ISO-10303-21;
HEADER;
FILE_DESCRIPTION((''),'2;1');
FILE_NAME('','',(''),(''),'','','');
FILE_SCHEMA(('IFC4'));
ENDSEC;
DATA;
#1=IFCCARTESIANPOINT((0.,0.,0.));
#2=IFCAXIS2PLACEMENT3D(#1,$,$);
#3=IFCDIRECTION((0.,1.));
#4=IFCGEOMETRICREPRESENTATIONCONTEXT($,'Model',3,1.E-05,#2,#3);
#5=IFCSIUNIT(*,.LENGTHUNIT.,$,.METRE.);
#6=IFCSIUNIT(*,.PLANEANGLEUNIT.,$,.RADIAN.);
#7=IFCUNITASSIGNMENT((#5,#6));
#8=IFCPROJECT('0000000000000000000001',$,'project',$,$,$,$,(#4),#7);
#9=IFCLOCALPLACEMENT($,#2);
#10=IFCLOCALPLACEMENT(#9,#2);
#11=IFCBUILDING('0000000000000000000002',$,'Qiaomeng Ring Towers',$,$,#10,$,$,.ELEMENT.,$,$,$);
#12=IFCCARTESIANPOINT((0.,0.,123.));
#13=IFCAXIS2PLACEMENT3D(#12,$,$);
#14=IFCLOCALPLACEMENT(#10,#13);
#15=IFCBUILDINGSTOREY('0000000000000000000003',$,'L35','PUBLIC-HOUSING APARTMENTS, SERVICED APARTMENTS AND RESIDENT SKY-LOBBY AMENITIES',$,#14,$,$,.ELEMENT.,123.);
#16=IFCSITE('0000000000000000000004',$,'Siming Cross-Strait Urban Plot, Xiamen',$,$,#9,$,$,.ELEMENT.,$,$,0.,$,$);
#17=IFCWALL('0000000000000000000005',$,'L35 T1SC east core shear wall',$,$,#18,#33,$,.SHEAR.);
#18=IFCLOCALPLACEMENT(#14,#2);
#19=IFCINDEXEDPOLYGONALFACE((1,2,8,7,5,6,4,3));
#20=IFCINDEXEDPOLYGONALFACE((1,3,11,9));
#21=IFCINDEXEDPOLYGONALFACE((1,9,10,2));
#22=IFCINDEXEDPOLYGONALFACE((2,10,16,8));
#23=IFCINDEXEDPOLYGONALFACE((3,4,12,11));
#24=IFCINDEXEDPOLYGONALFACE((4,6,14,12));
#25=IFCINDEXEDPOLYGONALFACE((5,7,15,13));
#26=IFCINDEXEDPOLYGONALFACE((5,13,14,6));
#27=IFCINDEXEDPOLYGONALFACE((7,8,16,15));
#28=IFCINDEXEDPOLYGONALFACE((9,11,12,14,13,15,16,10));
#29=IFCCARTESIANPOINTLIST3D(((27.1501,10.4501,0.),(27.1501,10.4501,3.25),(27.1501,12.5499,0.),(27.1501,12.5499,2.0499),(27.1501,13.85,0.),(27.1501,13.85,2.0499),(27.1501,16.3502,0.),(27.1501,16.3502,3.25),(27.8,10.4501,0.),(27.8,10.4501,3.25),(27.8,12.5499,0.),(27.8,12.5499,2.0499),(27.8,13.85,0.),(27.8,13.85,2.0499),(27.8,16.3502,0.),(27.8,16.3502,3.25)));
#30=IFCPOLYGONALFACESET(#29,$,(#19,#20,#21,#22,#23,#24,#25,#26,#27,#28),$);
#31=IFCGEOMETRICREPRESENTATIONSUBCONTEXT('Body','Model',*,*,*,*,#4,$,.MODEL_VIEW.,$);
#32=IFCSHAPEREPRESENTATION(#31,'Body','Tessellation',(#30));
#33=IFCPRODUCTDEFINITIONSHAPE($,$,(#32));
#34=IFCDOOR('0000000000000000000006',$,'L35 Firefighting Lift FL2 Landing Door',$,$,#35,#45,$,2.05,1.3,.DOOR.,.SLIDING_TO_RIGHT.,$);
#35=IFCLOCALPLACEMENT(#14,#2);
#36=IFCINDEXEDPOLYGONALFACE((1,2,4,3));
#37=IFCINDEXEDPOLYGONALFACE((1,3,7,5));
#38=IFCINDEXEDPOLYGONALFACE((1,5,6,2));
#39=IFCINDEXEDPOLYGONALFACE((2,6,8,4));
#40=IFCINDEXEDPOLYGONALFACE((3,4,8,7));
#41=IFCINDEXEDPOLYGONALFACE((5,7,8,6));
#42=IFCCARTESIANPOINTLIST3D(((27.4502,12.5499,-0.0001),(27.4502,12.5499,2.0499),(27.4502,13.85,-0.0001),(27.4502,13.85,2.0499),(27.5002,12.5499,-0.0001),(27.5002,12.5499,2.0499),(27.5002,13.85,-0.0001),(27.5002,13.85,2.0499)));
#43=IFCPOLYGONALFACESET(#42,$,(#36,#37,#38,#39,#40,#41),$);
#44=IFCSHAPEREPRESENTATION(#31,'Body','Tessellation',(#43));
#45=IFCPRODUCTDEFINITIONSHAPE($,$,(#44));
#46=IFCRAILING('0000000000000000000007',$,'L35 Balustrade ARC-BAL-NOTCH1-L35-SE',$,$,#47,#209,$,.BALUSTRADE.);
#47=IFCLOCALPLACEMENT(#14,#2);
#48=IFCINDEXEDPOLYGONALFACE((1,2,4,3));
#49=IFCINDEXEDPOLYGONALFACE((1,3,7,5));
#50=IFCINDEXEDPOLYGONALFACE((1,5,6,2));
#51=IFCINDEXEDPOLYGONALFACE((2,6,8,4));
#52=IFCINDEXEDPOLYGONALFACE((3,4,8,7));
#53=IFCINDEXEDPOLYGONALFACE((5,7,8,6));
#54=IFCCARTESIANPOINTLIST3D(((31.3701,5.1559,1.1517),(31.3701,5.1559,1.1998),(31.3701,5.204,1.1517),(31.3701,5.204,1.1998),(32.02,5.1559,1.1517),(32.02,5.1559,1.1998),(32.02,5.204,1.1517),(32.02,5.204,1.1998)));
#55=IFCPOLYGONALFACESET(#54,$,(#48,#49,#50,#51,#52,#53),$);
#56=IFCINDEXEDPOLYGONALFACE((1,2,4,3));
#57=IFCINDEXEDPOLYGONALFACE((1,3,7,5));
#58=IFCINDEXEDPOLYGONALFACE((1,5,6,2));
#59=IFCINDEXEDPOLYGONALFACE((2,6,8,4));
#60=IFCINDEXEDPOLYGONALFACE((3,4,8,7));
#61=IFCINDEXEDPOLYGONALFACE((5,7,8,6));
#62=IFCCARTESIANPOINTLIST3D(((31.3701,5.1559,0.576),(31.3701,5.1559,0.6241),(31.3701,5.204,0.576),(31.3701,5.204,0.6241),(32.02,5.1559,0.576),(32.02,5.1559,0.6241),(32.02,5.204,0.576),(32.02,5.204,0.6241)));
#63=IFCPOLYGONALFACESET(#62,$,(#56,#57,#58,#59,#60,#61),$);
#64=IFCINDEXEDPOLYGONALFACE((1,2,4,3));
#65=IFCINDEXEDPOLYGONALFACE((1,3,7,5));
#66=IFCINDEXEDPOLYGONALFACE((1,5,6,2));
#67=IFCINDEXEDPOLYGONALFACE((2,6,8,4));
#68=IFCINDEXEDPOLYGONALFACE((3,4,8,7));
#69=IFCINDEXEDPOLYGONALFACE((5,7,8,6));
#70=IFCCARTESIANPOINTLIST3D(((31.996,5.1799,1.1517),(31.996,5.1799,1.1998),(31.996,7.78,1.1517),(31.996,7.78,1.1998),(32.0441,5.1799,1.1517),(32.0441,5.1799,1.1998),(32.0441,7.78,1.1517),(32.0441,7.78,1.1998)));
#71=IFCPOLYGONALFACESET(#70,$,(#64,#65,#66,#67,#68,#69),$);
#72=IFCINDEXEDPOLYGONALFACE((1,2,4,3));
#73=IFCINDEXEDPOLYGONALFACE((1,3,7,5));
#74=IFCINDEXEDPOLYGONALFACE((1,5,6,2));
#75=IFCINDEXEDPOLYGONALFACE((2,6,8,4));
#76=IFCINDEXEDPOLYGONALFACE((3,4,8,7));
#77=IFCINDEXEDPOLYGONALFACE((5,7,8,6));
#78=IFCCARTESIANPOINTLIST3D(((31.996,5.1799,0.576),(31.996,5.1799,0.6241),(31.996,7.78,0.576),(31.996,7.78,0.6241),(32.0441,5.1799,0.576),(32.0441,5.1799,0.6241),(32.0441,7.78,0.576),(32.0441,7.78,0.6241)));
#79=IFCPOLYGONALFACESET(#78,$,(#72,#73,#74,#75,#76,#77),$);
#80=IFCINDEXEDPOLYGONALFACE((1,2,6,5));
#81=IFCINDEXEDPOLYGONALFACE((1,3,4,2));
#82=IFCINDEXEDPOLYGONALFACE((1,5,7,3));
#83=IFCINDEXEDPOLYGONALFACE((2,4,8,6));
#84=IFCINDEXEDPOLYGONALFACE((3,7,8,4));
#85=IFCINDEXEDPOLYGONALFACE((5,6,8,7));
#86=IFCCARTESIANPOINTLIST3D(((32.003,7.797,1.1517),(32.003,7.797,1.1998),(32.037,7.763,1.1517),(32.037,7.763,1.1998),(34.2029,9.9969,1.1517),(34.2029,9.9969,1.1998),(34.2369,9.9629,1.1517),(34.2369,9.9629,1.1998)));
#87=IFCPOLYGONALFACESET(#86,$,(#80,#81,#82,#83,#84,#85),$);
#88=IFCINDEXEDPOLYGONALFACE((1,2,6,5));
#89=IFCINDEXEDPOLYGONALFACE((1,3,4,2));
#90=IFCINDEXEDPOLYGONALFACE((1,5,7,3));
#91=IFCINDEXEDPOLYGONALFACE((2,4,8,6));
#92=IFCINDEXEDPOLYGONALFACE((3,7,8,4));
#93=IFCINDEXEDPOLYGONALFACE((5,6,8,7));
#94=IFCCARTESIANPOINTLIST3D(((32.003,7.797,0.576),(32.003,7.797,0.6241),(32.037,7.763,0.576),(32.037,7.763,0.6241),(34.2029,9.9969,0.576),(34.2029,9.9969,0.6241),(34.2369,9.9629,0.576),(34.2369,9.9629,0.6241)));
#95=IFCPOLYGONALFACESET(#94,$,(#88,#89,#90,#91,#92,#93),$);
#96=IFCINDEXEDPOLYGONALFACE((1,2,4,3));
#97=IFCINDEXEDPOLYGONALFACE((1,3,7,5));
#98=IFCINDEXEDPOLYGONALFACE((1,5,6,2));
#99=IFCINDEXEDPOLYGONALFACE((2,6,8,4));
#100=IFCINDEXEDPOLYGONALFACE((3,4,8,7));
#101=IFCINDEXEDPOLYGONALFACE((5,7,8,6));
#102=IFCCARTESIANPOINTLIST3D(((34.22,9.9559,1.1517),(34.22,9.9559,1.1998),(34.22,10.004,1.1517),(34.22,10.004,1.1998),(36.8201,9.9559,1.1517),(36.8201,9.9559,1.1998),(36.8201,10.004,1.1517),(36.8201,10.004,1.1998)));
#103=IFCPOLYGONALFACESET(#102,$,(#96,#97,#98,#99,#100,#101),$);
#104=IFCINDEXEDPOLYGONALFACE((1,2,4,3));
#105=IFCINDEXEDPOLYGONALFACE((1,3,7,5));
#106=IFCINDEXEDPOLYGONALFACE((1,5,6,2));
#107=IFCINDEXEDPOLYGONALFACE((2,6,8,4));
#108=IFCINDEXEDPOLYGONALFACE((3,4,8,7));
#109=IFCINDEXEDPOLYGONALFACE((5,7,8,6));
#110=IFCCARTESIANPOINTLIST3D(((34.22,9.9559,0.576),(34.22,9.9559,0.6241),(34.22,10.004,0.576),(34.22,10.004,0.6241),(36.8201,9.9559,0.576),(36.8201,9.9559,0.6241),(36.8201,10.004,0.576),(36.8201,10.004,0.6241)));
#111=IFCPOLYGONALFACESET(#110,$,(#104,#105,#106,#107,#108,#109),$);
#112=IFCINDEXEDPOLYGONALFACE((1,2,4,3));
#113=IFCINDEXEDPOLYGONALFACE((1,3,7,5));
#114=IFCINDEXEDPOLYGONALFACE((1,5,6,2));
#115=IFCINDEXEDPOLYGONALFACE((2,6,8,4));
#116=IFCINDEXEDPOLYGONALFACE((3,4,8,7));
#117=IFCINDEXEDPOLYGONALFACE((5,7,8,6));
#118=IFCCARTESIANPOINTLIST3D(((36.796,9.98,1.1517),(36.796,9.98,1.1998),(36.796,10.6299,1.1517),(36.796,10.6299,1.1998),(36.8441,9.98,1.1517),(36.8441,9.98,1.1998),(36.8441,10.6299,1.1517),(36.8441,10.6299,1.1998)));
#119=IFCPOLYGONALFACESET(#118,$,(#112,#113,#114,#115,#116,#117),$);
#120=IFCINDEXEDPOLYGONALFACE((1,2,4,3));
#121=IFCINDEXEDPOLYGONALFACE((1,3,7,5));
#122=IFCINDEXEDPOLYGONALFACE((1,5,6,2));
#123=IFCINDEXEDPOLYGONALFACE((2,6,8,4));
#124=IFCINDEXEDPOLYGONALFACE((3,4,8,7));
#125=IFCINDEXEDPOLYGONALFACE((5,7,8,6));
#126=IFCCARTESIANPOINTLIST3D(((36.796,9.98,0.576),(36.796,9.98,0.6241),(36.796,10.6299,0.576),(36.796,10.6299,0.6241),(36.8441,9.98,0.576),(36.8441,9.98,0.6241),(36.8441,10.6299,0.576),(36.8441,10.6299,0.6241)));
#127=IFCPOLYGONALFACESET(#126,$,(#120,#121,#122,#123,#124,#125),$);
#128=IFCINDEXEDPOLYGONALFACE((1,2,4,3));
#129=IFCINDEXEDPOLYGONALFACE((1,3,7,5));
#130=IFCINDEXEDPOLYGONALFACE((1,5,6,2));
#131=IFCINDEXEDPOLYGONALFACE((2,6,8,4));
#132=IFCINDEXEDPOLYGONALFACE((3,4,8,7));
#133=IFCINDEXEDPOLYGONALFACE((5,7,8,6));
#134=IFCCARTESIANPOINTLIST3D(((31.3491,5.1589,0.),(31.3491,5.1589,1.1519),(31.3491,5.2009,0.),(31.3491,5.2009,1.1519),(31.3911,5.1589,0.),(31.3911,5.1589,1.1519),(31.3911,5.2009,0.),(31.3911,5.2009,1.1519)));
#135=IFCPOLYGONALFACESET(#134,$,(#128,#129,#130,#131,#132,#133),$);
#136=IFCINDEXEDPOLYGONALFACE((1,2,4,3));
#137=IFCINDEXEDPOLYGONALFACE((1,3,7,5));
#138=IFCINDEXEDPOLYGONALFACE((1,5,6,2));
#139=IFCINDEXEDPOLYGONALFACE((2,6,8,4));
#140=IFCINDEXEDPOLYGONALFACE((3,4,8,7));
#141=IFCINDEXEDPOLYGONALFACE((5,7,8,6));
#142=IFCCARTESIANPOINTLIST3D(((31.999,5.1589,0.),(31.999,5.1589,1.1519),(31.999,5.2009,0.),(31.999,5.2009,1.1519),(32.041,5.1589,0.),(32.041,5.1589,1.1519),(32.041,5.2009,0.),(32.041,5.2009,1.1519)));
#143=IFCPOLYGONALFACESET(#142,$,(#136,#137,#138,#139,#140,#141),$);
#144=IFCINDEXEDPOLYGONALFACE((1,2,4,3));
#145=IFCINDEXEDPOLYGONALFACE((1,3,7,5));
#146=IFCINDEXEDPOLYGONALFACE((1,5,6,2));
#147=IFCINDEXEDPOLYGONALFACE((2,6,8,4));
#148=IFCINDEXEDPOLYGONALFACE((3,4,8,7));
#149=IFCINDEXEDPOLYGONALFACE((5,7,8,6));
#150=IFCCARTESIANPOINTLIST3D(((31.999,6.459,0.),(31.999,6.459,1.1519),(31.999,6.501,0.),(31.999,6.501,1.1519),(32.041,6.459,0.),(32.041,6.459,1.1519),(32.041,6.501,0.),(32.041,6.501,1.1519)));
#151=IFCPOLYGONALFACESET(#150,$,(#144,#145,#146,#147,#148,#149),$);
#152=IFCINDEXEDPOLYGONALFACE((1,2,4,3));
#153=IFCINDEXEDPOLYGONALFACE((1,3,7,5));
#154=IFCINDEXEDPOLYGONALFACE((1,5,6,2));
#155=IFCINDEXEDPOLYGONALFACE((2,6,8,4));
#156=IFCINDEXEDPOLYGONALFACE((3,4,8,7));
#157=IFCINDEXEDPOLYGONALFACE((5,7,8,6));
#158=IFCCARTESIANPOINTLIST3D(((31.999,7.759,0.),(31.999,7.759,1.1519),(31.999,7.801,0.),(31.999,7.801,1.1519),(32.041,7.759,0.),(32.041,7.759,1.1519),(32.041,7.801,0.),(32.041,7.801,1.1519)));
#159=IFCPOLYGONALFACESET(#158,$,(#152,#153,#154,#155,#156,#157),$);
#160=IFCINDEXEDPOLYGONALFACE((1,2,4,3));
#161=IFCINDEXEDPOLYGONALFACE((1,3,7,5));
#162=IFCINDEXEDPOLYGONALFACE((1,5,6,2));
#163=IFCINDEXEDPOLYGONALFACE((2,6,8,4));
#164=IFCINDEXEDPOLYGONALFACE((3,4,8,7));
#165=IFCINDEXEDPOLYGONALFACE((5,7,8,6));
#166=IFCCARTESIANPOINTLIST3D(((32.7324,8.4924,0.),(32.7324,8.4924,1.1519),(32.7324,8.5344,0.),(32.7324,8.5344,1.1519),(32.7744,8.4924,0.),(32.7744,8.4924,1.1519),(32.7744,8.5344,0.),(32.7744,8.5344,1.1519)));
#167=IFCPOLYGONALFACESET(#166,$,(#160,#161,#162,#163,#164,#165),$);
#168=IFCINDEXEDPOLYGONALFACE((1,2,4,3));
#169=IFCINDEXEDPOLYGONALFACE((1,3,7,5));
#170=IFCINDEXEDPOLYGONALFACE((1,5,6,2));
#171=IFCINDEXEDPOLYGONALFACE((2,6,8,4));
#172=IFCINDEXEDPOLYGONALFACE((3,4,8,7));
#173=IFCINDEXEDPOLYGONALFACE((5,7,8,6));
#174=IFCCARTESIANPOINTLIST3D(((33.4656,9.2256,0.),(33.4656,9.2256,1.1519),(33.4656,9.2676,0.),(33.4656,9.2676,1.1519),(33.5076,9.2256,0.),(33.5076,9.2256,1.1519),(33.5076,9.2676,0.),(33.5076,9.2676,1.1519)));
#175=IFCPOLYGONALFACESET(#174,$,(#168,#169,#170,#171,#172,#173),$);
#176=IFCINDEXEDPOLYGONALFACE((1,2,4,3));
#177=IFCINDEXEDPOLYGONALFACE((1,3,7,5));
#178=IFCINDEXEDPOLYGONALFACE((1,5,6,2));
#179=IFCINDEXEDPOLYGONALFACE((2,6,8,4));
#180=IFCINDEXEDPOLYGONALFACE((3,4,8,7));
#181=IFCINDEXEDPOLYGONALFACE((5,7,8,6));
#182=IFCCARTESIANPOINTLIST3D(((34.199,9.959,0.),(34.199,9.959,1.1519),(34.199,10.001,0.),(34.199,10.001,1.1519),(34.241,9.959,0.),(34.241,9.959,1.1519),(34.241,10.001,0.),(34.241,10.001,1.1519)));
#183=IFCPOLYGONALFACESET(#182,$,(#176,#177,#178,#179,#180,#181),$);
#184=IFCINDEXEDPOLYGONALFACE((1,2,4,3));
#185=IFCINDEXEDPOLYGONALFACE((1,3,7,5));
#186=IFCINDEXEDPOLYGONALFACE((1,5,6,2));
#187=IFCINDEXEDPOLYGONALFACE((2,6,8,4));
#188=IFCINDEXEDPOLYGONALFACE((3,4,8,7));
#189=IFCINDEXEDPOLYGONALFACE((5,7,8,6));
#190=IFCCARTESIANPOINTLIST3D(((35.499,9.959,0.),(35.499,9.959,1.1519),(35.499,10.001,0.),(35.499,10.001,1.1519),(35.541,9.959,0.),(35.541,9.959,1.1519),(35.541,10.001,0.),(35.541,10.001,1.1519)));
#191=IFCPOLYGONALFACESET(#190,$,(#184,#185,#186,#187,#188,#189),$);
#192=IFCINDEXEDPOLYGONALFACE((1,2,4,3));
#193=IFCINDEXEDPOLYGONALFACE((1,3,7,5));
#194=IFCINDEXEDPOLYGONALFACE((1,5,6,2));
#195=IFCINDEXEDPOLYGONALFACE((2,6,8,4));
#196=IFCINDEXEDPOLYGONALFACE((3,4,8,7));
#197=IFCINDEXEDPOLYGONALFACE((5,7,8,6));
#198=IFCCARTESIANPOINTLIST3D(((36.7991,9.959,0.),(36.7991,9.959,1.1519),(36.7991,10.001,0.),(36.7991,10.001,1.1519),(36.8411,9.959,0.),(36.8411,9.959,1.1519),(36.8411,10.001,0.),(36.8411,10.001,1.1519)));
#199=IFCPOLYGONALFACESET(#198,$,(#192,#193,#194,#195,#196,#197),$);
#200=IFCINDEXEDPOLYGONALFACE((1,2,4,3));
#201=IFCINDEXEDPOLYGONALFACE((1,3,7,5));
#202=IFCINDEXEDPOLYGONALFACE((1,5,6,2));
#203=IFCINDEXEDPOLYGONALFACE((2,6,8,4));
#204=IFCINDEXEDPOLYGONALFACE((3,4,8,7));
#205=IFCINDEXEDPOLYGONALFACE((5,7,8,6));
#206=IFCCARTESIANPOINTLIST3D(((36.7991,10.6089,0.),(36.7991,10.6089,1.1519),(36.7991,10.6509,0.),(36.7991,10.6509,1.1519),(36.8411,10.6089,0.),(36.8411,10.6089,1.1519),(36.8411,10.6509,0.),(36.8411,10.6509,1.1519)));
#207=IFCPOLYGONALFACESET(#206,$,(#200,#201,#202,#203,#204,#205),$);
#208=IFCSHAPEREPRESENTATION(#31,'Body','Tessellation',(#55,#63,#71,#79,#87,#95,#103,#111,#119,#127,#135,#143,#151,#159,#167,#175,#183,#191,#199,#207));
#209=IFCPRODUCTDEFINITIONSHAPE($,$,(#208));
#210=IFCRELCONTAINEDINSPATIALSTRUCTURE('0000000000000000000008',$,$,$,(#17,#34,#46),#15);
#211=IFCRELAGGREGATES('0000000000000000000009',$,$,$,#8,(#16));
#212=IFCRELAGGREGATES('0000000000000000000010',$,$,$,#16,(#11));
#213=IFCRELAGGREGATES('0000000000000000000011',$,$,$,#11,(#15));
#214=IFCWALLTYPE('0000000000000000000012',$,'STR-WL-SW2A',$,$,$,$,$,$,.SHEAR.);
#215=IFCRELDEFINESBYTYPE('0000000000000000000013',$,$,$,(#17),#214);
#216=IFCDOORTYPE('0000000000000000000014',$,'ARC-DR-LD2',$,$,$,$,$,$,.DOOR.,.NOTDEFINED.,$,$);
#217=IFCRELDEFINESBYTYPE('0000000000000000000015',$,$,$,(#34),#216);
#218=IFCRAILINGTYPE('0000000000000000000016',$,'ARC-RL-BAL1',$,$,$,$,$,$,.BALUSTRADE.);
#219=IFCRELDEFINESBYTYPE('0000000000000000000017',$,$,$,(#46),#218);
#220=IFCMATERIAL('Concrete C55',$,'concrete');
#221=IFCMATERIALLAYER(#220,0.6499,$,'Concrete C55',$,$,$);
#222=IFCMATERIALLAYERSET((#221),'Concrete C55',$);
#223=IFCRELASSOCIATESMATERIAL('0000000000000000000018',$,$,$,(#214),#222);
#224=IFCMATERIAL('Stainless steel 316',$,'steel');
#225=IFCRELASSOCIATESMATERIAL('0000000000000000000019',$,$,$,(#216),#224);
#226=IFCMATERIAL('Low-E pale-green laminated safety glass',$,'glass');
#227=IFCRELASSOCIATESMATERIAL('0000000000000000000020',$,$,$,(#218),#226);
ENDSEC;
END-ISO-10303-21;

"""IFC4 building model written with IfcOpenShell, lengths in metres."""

from ifc_helpers import new_model, si_unit, direction, frame, frame_2d, origin, origin_2d, place, context, subcontext, project, spatial, rectangle, extrude, source, transform, mapped, material, layer, layer_set, type_object, element, fill, save


model = new_model("IFC4")

# Units and contexts
model_context = context("Model", 3, precision=1e-05, world=origin(), true_north=direction((0.0, 1.0)))
body_context = subcontext(model_context, "Body", "Model", "MODEL_VIEW")
ifc_project = project(units=[si_unit("LENGTHUNIT", "METRE"), si_unit("PLANEANGLEUNIT", "RADIAN")], contexts=[model_context])

# Site, building, storey
site_placement = place(None, origin())
site = spatial("IfcSite", under=ifc_project, at=site_placement, Name="Siming Cross-Strait Urban Plot, Xiamen", CompositionType="ELEMENT", RefElevation=0.0)
building_placement = place(site_placement, origin())
building = spatial("IfcBuilding", under=site, at=building_placement, Name="Qiaomeng Ring Towers", CompositionType="ELEMENT")
storey_placement = place(building_placement, frame((0.0, 0.0, 123.0)))
storey = spatial("IfcBuildingStorey", under=building, at=storey_placement, Name="L35", Description="PUBLIC-HOUSING APARTMENTS, SERVICED APARTMENTS AND RESIDENT SKY-LOBBY AMENITIES", CompositionType="ELEMENT", Elevation=123.0)

# Shared definitions
ifc_material_1 = material(Name="Concrete C55", Category="concrete")

# Wall, opening, door
ifc_layer_1 = layer(ifc_material_1, 0.6499, Name="Concrete C55")
ifc_layer_set_1 = layer_set([ifc_layer_1], Name="Concrete C55")
wall_type_1 = type_object("IfcWallType", Name="STR-WL-SW2A", PredefinedType="SHEAR", material=ifc_layer_set_1)
wall_1_placement = place(storey_placement, frame((27.4751, 10.45, 0.0), z_axis=(0.0, 0.0, 1.0), x_axis=(0.0, 1.0, 0.0)))
wall_1 = element("IfcWall", 1, at=wall_1_placement, inside=storey, type_object=wall_type_1, Name="L35 T1SC east core shear wall", PredefinedType="SHEAR", context=body_context, shape_type="SweptSolid", body=[
    extrude(rectangle(XDim=5.9001, YDim=0.6499, at=frame_2d((2.9502, 0.0))), origin(), (0.0, 0.0, 1.0), 3.25),
])
opening_1_placement = place(wall_1_placement, frame((2.1001, 0.0, 0.0)))
opening_1 = element("IfcOpeningElement", 2, at=opening_1_placement, cuts=wall_1, PredefinedType="OPENING", context=body_context, shape_type="SweptSolid", body=[
    extrude(rectangle(XDim=1.3, YDim=2.05, at=frame_2d((0.6499, 1.0249))), frame((0.0, 0.335, 0.0), z_axis=(0.0, -1.0, 0.0), x_axis=(1.0, 0.0, 0.0)), (0.0, 0.0, 1.0), 0.6699),
])
ifc_material_2 = material(Name="Stainless steel 316", Category="steel")
door_type_1 = type_object("IfcDoorType", Name="ARC-DR-LD2", OperationType="NOTDEFINED", PredefinedType="DOOR", material=ifc_material_2)
shared_shape_1 = source(origin(), body_context, "Body", "SweptSolid", [
    extrude(rectangle(XDim=1.3, YDim=2.05, at=frame_2d((0.6499, 1.0249))), frame((0.0, 0.0249, 0.0), z_axis=(0.0, -1.0, 0.0), x_axis=(1.0, 0.0, 0.0)), (0.0, 0.0, 1.0), 0.05),
])
door_1_placement = place(opening_1_placement, origin())
door_1 = element("IfcDoor", 3, at=door_1_placement, inside=storey, type_object=door_type_1, Name="L35 Firefighting Lift FL2 Landing Door", OperationType="SLIDING_TO_RIGHT", OverallHeight=2.05, OverallWidth=1.3, PredefinedType="DOOR", context=body_context, shape_type="MappedRepresentation", body=[
    mapped(shared_shape_1, transform((0.0, 0.0, 0.0), x_axis=(1.0, 0.0, 0.0), y_axis=(0.0, 1.0, 0.0), z_axis=(0.0, 0.0, 1.0), scale=1.0)),
])
fill(opening_1, door_1)

# Railing
ifc_material_3 = material(Name="Low-E pale-green laminated safety glass", Category="glass")
railing_type = type_object("IfcRailingType", Name="ARC-RL-BAL1", PredefinedType="BALUSTRADE", material=ifc_material_3)
railing_placement = place(storey_placement, frame((31.3701, 5.1799, 0.0)))
element("IfcRailing", 4, at=railing_placement, inside=storey, type_object=railing_type, Name="L35 Balustrade ARC-BAL-NOTCH1-L35-SE", PredefinedType="BALUSTRADE", context=body_context, shape_type="SweptSolid", body=[
    extrude(rectangle(XDim=0.0481, YDim=0.0481, at=origin_2d()), frame((0.0, 0.0, 1.1758), z_axis=(1.0, 0.0, 0.0), x_axis=(0.0, 1.0, 0.0)), (0.0, 0.0, 1.0), 0.6499),
    extrude(rectangle(XDim=0.0481, YDim=0.0481, at=origin_2d()), frame((0.0, 0.0, 0.6001), z_axis=(1.0, 0.0, 0.0), x_axis=(0.0, 1.0, 0.0)), (0.0, 0.0, 1.0), 0.6499),
    extrude(rectangle(XDim=0.0481, YDim=0.0481, at=origin_2d()), frame((0.6499, 0.0, 1.1758), z_axis=(0.0, 1.0, 0.0), x_axis=(-1.0, 0.0, 0.0)), (0.0, 0.0, 1.0), 2.6001),
    extrude(rectangle(XDim=0.0481, YDim=0.0481, at=origin_2d()), frame((0.6499, 0.0, 0.6001), z_axis=(0.0, 1.0, 0.0), x_axis=(-1.0, 0.0, 0.0)), (0.0, 0.0, 1.0), 2.6001),
    extrude(rectangle(XDim=0.0481, YDim=0.0481, at=origin_2d()), frame((0.6499, 2.6001, 1.1758), z_axis=(0.707107, 0.707107, 0.0), x_axis=(-0.707107, 0.707107, 0.0)), (0.0, 0.0, 1.0), 3.1111),
    extrude(rectangle(XDim=0.0481, YDim=0.0481, at=origin_2d()), frame((0.6499, 2.6001, 0.6001), z_axis=(0.707107, 0.707107, 0.0), x_axis=(-0.707107, 0.707107, 0.0)), (0.0, 0.0, 1.0), 3.1111),
    extrude(rectangle(XDim=0.0481, YDim=0.0481, at=origin_2d()), frame((2.8499, 4.8, 1.1758), z_axis=(1.0, 0.0, 0.0), x_axis=(0.0, 1.0, 0.0)), (0.0, 0.0, 1.0), 2.6001),
    extrude(rectangle(XDim=0.0481, YDim=0.0481, at=origin_2d()), frame((2.8499, 4.8, 0.6001), z_axis=(1.0, 0.0, 0.0), x_axis=(0.0, 1.0, 0.0)), (0.0, 0.0, 1.0), 2.6001),
    extrude(rectangle(XDim=0.0481, YDim=0.0481, at=origin_2d()), frame((5.45, 4.8, 1.1758), z_axis=(0.0, 1.0, 0.0), x_axis=(-1.0, 0.0, 0.0)), (0.0, 0.0, 1.0), 0.6499),
    extrude(rectangle(XDim=0.0481, YDim=0.0481, at=origin_2d()), frame((5.45, 4.8, 0.6001), z_axis=(0.0, 1.0, 0.0), x_axis=(-1.0, 0.0, 0.0)), (0.0, 0.0, 1.0), 0.6499),
    extrude(rectangle(XDim=0.042, YDim=0.042, at=origin_2d()), origin(), (0.0, 0.0, 1.0), 1.1519),
    extrude(rectangle(XDim=0.042, YDim=0.042, at=origin_2d()), frame((0.6499, 0.0, 0.0)), (0.0, 0.0, 1.0), 1.1519),
    extrude(rectangle(XDim=0.042, YDim=0.042, at=origin_2d()), frame((0.6499, 1.3, 0.0)), (0.0, 0.0, 1.0), 1.1519),
    extrude(rectangle(XDim=0.042, YDim=0.042, at=origin_2d()), frame((0.6499, 2.6001, 0.0)), (0.0, 0.0, 1.0), 1.1519),
    extrude(rectangle(XDim=0.042, YDim=0.042, at=origin_2d()), frame((1.3833, 3.3335, 0.0)), (0.0, 0.0, 1.0), 1.1519),
    extrude(rectangle(XDim=0.042, YDim=0.042, at=origin_2d()), frame((2.1165, 4.0667, 0.0)), (0.0, 0.0, 1.0), 1.1519),
    extrude(rectangle(XDim=0.042, YDim=0.042, at=origin_2d()), frame((2.8499, 4.8, 0.0)), (0.0, 0.0, 1.0), 1.1519),
    extrude(rectangle(XDim=0.042, YDim=0.042, at=origin_2d()), frame((4.1499, 4.8, 0.0)), (0.0, 0.0, 1.0), 1.1519),
    extrude(rectangle(XDim=0.042, YDim=0.042, at=origin_2d()), frame((5.45, 4.8, 0.0)), (0.0, 0.0, 1.0), 1.1519),
    extrude(rectangle(XDim=0.042, YDim=0.042, at=origin_2d()), frame((5.45, 5.45, 0.0)), (0.0, 0.0, 1.0), 1.1519),
])

save(model, "model.ifc")
